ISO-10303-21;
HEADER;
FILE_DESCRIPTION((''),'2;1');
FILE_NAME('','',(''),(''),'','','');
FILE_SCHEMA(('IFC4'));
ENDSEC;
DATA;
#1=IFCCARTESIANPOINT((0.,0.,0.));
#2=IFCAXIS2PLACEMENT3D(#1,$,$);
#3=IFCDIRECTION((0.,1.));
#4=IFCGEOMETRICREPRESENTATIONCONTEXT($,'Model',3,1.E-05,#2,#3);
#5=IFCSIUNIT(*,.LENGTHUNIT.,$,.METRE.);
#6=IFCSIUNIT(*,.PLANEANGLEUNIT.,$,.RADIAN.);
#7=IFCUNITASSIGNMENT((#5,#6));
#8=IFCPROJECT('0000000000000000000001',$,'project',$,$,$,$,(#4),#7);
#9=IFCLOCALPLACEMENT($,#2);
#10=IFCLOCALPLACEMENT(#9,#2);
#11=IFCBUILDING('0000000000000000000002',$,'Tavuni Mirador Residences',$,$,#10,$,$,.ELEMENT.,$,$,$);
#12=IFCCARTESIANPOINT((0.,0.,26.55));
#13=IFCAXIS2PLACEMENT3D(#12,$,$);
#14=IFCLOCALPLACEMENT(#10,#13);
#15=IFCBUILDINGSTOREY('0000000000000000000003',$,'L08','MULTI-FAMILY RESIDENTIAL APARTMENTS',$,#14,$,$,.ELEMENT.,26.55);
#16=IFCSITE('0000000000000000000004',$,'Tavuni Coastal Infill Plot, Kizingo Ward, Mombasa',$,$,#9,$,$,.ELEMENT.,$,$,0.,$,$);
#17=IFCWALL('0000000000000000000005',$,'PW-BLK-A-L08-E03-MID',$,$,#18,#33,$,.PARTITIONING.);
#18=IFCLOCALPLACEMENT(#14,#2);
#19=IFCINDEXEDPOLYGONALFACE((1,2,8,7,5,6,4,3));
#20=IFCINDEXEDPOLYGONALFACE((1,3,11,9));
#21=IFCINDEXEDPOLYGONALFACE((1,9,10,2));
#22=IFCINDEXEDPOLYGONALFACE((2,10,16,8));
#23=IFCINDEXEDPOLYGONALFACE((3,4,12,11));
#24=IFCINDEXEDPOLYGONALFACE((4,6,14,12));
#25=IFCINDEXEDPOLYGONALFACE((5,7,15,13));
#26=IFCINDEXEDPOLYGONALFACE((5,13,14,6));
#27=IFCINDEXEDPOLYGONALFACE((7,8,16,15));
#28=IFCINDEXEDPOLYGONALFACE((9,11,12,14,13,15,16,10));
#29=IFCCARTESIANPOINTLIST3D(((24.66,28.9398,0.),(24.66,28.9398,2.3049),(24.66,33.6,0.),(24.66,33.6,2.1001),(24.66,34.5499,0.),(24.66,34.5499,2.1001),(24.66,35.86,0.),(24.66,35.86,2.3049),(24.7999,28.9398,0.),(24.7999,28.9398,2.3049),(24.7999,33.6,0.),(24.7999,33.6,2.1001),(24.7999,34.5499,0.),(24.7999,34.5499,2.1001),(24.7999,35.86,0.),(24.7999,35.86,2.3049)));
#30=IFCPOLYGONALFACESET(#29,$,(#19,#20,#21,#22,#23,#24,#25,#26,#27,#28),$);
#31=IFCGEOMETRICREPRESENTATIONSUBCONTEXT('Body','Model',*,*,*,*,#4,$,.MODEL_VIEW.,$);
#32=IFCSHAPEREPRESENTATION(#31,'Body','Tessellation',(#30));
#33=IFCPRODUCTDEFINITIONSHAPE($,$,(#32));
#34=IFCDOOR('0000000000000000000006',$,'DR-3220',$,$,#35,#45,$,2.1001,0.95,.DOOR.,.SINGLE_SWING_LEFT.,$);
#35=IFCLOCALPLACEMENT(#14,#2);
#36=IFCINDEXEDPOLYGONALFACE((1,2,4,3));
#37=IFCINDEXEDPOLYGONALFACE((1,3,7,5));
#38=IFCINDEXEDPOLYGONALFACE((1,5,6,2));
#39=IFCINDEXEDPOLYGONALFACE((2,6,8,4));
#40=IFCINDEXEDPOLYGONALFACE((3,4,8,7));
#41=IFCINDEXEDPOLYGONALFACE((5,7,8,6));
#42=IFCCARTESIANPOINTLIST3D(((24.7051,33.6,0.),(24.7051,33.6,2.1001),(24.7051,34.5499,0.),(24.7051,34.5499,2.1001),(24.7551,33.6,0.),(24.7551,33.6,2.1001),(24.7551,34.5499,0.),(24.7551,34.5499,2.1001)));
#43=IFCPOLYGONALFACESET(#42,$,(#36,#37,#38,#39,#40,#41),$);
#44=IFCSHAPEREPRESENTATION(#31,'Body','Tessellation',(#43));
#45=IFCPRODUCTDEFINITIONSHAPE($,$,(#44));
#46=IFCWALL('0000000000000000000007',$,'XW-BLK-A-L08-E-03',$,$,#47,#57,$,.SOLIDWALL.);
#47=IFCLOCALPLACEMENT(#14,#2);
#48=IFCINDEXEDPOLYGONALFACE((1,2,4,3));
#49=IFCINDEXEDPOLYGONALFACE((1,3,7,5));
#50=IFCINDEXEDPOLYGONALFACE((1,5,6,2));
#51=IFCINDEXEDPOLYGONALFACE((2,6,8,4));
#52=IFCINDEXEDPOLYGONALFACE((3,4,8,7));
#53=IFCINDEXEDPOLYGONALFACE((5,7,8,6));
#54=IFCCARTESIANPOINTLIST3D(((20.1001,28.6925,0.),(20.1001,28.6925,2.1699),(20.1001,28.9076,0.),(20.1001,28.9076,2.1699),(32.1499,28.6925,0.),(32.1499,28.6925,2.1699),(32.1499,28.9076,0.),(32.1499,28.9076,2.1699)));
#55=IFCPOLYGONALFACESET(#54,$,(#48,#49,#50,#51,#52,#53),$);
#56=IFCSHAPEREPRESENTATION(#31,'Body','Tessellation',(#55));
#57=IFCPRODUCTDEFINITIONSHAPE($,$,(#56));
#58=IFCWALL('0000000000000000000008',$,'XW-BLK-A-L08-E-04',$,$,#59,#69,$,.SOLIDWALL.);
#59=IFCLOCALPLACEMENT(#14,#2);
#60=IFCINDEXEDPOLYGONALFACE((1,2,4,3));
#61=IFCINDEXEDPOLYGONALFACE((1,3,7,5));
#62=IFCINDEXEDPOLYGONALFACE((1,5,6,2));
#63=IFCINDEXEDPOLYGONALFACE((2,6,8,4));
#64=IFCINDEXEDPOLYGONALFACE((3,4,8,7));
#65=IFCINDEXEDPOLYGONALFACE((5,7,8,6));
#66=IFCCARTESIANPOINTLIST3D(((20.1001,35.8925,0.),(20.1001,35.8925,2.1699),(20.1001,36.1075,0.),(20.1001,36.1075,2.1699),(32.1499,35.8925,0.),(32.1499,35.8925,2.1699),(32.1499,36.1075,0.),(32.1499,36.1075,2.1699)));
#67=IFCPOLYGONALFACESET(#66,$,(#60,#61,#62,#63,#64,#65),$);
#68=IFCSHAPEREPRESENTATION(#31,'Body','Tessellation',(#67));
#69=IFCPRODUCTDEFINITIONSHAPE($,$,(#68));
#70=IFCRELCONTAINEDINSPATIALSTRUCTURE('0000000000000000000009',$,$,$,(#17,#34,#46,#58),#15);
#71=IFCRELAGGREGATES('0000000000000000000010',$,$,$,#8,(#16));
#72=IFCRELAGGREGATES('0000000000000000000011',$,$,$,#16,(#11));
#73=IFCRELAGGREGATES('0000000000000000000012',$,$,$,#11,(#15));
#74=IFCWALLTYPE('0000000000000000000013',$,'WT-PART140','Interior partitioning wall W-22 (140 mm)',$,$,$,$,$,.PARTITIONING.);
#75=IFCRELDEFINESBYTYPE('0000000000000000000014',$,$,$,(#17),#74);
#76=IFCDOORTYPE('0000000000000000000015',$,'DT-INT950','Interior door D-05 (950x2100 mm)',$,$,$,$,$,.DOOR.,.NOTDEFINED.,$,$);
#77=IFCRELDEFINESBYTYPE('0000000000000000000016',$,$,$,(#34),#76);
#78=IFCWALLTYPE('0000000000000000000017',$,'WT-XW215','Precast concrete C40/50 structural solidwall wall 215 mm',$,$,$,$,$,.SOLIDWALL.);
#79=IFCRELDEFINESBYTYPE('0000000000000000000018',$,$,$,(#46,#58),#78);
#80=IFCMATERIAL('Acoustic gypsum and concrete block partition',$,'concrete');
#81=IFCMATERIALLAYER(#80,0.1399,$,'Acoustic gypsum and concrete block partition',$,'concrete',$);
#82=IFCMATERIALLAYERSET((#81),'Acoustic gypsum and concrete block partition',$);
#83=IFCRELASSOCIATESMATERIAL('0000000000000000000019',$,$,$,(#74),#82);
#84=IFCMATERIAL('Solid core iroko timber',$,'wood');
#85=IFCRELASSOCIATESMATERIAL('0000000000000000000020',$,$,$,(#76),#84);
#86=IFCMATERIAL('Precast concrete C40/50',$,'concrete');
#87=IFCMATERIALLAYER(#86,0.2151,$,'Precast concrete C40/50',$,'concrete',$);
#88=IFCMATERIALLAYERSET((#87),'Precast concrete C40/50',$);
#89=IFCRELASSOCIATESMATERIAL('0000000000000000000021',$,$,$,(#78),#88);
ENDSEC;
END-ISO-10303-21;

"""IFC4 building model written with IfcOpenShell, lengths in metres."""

from ifc_helpers import new_model, si_unit, direction, frame, frame_2d, origin, place, context, subcontext, project, spatial, rectangle, extrude, material, layer, layer_set, type_object, element, fill, save


model = new_model("IFC4")

# Units and contexts
model_context = context("Model", 3, precision=1e-05, world=origin(), true_north=direction((0.0, 1.0)))
body_context = subcontext(model_context, "Body", "Model", "MODEL_VIEW")
ifc_project = project(units=[si_unit("LENGTHUNIT", "METRE"), si_unit("PLANEANGLEUNIT", "RADIAN")], contexts=[model_context])

# Site, building, storey
site_placement = place(None, origin())
site = spatial("IfcSite", under=ifc_project, at=site_placement, Name="Tavuni Coastal Infill Plot, Kizingo Ward, Mombasa", CompositionType="ELEMENT", RefElevation=0.0)
building_placement = place(site_placement, origin())
building = spatial("IfcBuilding", under=site, at=building_placement, Name="Tavuni Mirador Residences", CompositionType="ELEMENT")
storey_placement = place(building_placement, frame((0.0, 0.0, 26.55)))
storey = spatial("IfcBuildingStorey", under=building, at=storey_placement, Name="L08", Description="MULTI-FAMILY RESIDENTIAL APARTMENTS", CompositionType="ELEMENT", Elevation=26.55)

# Shared definitions
ifc_material_1 = material(Name="Precast concrete C40/50", Category="concrete")

# Shared definitions
ifc_material_2 = material(Name="Solid core iroko timber", Category="wood")

# Wall, opening, door
ifc_material_3 = material(Name="Acoustic gypsum and concrete block partition", Category="concrete")
ifc_layer_1 = layer(ifc_material_3, 0.1399, Name="Acoustic gypsum and concrete block partition", Category="concrete")
ifc_layer_set_1 = layer_set([ifc_layer_1], Name="Acoustic gypsum and concrete block partition")
wall_type_1 = type_object("IfcWallType", Name="WT-PART140", Description="Interior partitioning wall W-22 (140 mm)", PredefinedType="PARTITIONING", material=ifc_layer_set_1)
wall_1_placement = place(storey_placement, frame((24.73, 28.9399, 0.0), z_axis=(0.0, 0.0, 1.0), x_axis=(0.0, 1.0, 0.0)))
wall_1 = element("IfcWall", 1, at=wall_1_placement, inside=storey, type_object=wall_type_1, Name="PW-BLK-A-L08-E03-MID", PredefinedType="PARTITIONING", context=body_context, shape_type="SweptSolid", body=[
    extrude(rectangle(XDim=6.9202, YDim=0.1399, at=frame_2d((3.46, 0.0))), origin(), (0.0, 0.0, 1.0), 2.3049),
])
opening_1_placement = place(wall_1_placement, frame((4.6599, 0.0, 0.0)))
opening_1 = element("IfcOpeningElement", 2, at=opening_1_placement, cuts=wall_1, PredefinedType="OPENING", context=body_context, shape_type="SweptSolid", body=[
    extrude(rectangle(XDim=0.95, YDim=2.1001, at=frame_2d((0.4751, 1.05))), frame((0.0, 0.0801, 0.0), z_axis=(0.0, -1.0, 0.0), x_axis=(1.0, 0.0, 0.0)), (0.0, 0.0, 1.0), 0.1599),
])
door_type_1 = type_object("IfcDoorType", Name="DT-INT950", Description="Interior door D-05 (950x2100 mm)", OperationType="NOTDEFINED", PredefinedType="DOOR", material=ifc_material_2)
door_1_placement = place(opening_1_placement, origin())
door_1 = element("IfcDoor", 3, at=door_1_placement, inside=storey, type_object=door_type_1, Name="DR-3220", OperationType="SINGLE_SWING_LEFT", OverallHeight=2.1001, OverallWidth=0.95, PredefinedType="DOOR", context=body_context, shape_type="SweptSolid", body=[
    extrude(rectangle(XDim=0.95, YDim=2.1001, at=frame_2d((0.4751, 1.05))), frame((0.0, 0.0249, 0.0), z_axis=(0.0, -1.0, 0.0), x_axis=(1.0, 0.0, 0.0)), (0.0, 0.0, 1.0), 0.05),
])
fill(opening_1, door_1)

# Walls
ifc_layer_2 = layer(ifc_material_1, 0.2151, Name="Precast concrete C40/50", Category="concrete")
ifc_layer_set_2 = layer_set([ifc_layer_2], Name="Precast concrete C40/50")
wall_type_2 = type_object("IfcWallType", Name="WT-XW215", Description="Precast concrete C40/50 structural solidwall wall 215 mm", PredefinedType="SOLIDWALL", material=ifc_layer_set_2)
for number, where, z_axis, x_axis, name in (
    (4, (20.1001, 28.8, 0.0), (0.0, 0.0, 1.0), (1.0, 0.0, 0.0), "XW-BLK-A-L08-E-03"),
    (5, (20.1001, 36.0, 0.0), (0.0, 0.0, 1.0), (1.0, 0.0, 0.0), "XW-BLK-A-L08-E-04"),
):
    element("IfcWall", number, at=place(storey_placement, frame(where, z_axis=z_axis, x_axis=x_axis)), inside=storey, type_object=wall_type_2, Name=name, PredefinedType="SOLIDWALL", context=body_context, shape_type="SweptSolid", body=[
        extrude(rectangle(XDim=12.0498, YDim=0.2151, at=frame_2d((6.0249, 0.0))), origin(), (0.0, 0.0, 1.0), 2.1699),
    ])

save(model, "model.ifc")
